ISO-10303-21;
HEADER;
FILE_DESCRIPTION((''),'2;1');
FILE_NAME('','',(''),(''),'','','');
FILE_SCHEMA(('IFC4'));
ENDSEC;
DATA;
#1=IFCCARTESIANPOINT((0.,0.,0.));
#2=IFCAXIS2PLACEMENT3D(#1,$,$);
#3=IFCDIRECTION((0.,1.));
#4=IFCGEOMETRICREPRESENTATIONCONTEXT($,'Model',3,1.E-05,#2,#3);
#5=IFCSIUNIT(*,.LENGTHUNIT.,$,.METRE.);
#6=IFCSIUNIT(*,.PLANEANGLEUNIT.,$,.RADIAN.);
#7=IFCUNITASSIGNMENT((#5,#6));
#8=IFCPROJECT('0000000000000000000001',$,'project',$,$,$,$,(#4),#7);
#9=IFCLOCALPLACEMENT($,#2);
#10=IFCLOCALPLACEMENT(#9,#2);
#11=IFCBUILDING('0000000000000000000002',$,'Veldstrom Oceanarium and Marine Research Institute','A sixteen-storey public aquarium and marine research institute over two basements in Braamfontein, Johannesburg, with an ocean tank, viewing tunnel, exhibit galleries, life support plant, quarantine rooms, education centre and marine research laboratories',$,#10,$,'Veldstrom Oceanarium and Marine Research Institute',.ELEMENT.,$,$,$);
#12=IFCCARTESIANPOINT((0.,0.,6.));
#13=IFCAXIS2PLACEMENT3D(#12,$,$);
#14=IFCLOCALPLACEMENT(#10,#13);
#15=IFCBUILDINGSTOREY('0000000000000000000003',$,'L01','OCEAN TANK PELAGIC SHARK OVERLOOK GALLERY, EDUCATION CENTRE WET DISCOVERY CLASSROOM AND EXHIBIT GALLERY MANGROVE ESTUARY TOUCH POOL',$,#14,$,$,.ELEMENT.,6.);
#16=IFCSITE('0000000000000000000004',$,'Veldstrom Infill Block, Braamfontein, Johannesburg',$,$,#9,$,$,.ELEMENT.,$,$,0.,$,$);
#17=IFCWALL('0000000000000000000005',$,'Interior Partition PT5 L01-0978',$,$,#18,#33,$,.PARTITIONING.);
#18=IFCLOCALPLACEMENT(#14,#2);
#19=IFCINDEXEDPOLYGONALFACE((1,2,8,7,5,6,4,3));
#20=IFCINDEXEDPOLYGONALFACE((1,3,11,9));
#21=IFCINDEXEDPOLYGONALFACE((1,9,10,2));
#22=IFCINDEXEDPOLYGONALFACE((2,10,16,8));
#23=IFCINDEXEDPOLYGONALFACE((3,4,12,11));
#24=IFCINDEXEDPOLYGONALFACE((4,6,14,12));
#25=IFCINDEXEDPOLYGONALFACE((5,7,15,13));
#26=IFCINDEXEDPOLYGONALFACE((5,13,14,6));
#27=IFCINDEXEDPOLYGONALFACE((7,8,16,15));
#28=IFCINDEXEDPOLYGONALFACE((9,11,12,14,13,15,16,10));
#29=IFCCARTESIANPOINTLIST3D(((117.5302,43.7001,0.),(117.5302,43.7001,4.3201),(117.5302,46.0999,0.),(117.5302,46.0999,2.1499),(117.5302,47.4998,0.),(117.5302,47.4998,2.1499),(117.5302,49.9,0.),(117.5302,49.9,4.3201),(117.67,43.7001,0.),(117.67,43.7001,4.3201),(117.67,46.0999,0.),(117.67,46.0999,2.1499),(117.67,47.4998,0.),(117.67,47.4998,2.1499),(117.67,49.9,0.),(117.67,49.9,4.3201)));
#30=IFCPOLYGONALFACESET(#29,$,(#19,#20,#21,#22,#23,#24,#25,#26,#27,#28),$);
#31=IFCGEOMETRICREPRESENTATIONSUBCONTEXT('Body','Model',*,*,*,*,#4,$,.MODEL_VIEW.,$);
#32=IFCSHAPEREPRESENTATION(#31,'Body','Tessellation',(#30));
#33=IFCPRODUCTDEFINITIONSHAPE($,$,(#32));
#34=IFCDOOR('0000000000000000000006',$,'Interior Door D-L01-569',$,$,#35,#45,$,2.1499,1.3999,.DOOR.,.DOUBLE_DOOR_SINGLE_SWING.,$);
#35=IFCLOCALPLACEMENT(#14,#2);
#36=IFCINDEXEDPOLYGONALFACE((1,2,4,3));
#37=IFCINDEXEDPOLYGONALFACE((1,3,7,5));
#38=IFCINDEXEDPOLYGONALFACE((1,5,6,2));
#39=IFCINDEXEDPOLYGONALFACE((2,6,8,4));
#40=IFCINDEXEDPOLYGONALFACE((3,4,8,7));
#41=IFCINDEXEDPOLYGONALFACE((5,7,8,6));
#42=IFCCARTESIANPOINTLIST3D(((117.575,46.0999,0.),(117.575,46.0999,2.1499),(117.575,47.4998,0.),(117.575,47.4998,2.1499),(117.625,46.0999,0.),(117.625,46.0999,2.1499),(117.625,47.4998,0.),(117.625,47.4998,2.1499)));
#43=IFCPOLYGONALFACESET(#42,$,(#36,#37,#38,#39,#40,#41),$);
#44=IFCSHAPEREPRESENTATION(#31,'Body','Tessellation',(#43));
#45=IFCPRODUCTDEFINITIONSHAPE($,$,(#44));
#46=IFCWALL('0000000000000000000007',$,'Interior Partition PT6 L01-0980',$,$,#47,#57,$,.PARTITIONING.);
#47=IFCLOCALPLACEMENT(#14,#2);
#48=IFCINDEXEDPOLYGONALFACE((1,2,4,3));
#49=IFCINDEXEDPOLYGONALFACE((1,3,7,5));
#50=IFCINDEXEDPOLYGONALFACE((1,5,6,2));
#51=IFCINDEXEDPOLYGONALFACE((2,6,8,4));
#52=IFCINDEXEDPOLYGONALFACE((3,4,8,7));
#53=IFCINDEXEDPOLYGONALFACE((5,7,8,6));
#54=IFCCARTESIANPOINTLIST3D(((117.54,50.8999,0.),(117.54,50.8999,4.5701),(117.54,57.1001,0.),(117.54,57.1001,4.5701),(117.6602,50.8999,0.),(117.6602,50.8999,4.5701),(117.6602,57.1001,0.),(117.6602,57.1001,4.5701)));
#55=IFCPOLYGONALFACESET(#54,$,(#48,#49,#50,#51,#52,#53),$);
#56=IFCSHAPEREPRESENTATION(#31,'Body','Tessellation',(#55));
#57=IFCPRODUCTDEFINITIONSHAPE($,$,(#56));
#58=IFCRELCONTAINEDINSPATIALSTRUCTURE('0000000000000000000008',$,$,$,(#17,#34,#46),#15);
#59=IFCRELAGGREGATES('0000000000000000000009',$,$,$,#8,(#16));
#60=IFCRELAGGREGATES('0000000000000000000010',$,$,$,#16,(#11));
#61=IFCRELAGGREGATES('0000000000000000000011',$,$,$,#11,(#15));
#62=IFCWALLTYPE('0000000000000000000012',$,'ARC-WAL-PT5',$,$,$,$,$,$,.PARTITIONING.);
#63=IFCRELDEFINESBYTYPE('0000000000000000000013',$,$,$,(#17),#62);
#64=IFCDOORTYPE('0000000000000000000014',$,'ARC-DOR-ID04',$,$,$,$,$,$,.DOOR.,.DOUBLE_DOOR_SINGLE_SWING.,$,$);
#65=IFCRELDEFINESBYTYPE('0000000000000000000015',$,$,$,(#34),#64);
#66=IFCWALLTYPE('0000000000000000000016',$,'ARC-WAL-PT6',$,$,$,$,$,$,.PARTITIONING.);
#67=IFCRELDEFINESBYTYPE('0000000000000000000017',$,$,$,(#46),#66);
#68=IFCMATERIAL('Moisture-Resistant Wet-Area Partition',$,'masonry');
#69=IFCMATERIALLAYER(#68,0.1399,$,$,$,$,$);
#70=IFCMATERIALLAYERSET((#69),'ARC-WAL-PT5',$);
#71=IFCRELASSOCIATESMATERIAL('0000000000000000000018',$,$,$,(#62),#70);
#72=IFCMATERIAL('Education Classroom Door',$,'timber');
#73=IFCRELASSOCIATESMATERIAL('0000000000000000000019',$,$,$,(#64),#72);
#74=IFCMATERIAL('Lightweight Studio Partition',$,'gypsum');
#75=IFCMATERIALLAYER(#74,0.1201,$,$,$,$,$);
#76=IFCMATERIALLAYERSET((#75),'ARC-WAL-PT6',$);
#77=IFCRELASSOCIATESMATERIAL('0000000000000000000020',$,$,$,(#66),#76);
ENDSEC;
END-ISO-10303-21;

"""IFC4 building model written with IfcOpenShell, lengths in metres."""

from ifc_helpers import new_model, si_unit, direction, frame, frame_2d, origin, place, context, subcontext, project, spatial, rectangle, extrude, material, layer, layer_set, type_object, element, fill, save


model = new_model("IFC4")

# Units and contexts
model_context = context("Model", 3, precision=1e-05, world=origin(), true_north=direction((0.0, 1.0)))
body_context = subcontext(model_context, "Body", "Model", "MODEL_VIEW")
ifc_project = project(units=[si_unit("LENGTHUNIT", "METRE"), si_unit("PLANEANGLEUNIT", "RADIAN")], contexts=[model_context])

# Site, building, storey
site_placement = place(None, origin())
site = spatial("IfcSite", under=ifc_project, at=site_placement, Name="Veldstrom Infill Block, Braamfontein, Johannesburg", CompositionType="ELEMENT", RefElevation=0.0)
building_placement = place(site_placement, origin())
building = spatial("IfcBuilding", under=site, at=building_placement, Name="Veldstrom Oceanarium and Marine Research Institute", Description="A sixteen-storey public aquarium and marine research institute over two basements in Braamfontein, Johannesburg, with an ocean tank, viewing tunnel, exhibit galleries, life support plant, quarantine rooms, education centre and marine research laboratories", LongName="Veldstrom Oceanarium and Marine Research Institute", CompositionType="ELEMENT")
storey_placement = place(building_placement, frame((0.0, 0.0, 6.0)))
storey = spatial("IfcBuildingStorey", under=building, at=storey_placement, Name="L01", Description="OCEAN TANK PELAGIC SHARK OVERLOOK GALLERY, EDUCATION CENTRE WET DISCOVERY CLASSROOM AND EXHIBIT GALLERY MANGROVE ESTUARY TOUCH POOL", CompositionType="ELEMENT", Elevation=6.0)

# Wall, opening, door
ifc_material_1 = material(Name="Moisture-Resistant Wet-Area Partition", Category="masonry")
ifc_layer_1 = layer(ifc_material_1, 0.1399)
ifc_layer_set_1 = layer_set([ifc_layer_1], Name="ARC-WAL-PT5")
wall_type_1 = type_object("IfcWallType", Name="ARC-WAL-PT5", PredefinedType="PARTITIONING", material=ifc_layer_set_1)
wall_1_placement = place(storey_placement, frame((117.6001, 43.7, 0.0), z_axis=(0.0, 0.0, 1.0), x_axis=(0.0, 1.0, 0.0)))
wall_1 = element("IfcWall", 1, at=wall_1_placement, inside=storey, type_object=wall_type_1, Name="Interior Partition PT5 L01-0978", PredefinedType="PARTITIONING", context=body_context, shape_type="SweptSolid", body=[
    extrude(rectangle(XDim=6.2, YDim=0.1399, at=frame_2d((3.1001, 0.0))), origin(), (0.0, 0.0, 1.0), 4.3201),
])
opening_1_placement = place(wall_1_placement, frame((2.3999, 0.0, 0.0)))
opening_1 = element("IfcOpeningElement", 2, at=opening_1_placement, cuts=wall_1, PredefinedType="OPENING", context=body_context, shape_type="SweptSolid", body=[
    extrude(rectangle(XDim=1.3999, YDim=2.1499, at=frame_2d((0.7, 1.075))), frame((0.0, 0.0798, 0.0), z_axis=(0.0, -1.0, 0.0), x_axis=(1.0, 0.0, 0.0)), (0.0, 0.0, 1.0), 0.1599),
])
ifc_material_2 = material(Name="Education Classroom Door", Category="timber")
door_type_1 = type_object("IfcDoorType", Name="ARC-DOR-ID04", OperationType="DOUBLE_DOOR_SINGLE_SWING", PredefinedType="DOOR", material=ifc_material_2)
door_1_placement = place(opening_1_placement, frame((1.3999, 0.0, 0.0), z_axis=(0.0, 0.0, 1.0), x_axis=(-1.0, 0.0, 0.0)))
door_1 = element("IfcDoor", 3, at=door_1_placement, inside=storey, type_object=door_type_1, Name="Interior Door D-L01-569", OperationType="DOUBLE_DOOR_SINGLE_SWING", OverallHeight=2.1499, OverallWidth=1.3999, PredefinedType="DOOR", context=body_context, shape_type="SweptSolid", body=[
    extrude(rectangle(XDim=1.3999, YDim=2.1499, at=frame_2d((0.7, 1.075))), frame((0.0, 0.0249, 0.0), z_axis=(0.0, -1.0, 0.0), x_axis=(1.0, 0.0, 0.0)), (0.0, 0.0, 1.0), 0.05),
])
fill(opening_1, door_1)

# Wall
ifc_material_3 = material(Name="Lightweight Studio Partition", Category="gypsum")
ifc_layer_2 = layer(ifc_material_3, 0.1201)
ifc_layer_set_2 = layer_set([ifc_layer_2], Name="ARC-WAL-PT6")
wall_type_2 = type_object("IfcWallType", Name="ARC-WAL-PT6", PredefinedType="PARTITIONING", material=ifc_layer_set_2)
wall_2_placement = place(storey_placement, frame((117.6001, 50.8999, 0.0), z_axis=(0.0, 0.0, 1.0), x_axis=(0.0, 1.0, 0.0)))
element("IfcWall", 4, at=wall_2_placement, inside=storey, type_object=wall_type_2, Name="Interior Partition PT6 L01-0980", PredefinedType="PARTITIONING", context=body_context, shape_type="SweptSolid", body=[
    extrude(rectangle(XDim=6.2002, YDim=0.1201, at=frame_2d((3.1001, 0.0))), origin(), (0.0, 0.0, 1.0), 4.5701),
])

save(model, "model.ifc")
